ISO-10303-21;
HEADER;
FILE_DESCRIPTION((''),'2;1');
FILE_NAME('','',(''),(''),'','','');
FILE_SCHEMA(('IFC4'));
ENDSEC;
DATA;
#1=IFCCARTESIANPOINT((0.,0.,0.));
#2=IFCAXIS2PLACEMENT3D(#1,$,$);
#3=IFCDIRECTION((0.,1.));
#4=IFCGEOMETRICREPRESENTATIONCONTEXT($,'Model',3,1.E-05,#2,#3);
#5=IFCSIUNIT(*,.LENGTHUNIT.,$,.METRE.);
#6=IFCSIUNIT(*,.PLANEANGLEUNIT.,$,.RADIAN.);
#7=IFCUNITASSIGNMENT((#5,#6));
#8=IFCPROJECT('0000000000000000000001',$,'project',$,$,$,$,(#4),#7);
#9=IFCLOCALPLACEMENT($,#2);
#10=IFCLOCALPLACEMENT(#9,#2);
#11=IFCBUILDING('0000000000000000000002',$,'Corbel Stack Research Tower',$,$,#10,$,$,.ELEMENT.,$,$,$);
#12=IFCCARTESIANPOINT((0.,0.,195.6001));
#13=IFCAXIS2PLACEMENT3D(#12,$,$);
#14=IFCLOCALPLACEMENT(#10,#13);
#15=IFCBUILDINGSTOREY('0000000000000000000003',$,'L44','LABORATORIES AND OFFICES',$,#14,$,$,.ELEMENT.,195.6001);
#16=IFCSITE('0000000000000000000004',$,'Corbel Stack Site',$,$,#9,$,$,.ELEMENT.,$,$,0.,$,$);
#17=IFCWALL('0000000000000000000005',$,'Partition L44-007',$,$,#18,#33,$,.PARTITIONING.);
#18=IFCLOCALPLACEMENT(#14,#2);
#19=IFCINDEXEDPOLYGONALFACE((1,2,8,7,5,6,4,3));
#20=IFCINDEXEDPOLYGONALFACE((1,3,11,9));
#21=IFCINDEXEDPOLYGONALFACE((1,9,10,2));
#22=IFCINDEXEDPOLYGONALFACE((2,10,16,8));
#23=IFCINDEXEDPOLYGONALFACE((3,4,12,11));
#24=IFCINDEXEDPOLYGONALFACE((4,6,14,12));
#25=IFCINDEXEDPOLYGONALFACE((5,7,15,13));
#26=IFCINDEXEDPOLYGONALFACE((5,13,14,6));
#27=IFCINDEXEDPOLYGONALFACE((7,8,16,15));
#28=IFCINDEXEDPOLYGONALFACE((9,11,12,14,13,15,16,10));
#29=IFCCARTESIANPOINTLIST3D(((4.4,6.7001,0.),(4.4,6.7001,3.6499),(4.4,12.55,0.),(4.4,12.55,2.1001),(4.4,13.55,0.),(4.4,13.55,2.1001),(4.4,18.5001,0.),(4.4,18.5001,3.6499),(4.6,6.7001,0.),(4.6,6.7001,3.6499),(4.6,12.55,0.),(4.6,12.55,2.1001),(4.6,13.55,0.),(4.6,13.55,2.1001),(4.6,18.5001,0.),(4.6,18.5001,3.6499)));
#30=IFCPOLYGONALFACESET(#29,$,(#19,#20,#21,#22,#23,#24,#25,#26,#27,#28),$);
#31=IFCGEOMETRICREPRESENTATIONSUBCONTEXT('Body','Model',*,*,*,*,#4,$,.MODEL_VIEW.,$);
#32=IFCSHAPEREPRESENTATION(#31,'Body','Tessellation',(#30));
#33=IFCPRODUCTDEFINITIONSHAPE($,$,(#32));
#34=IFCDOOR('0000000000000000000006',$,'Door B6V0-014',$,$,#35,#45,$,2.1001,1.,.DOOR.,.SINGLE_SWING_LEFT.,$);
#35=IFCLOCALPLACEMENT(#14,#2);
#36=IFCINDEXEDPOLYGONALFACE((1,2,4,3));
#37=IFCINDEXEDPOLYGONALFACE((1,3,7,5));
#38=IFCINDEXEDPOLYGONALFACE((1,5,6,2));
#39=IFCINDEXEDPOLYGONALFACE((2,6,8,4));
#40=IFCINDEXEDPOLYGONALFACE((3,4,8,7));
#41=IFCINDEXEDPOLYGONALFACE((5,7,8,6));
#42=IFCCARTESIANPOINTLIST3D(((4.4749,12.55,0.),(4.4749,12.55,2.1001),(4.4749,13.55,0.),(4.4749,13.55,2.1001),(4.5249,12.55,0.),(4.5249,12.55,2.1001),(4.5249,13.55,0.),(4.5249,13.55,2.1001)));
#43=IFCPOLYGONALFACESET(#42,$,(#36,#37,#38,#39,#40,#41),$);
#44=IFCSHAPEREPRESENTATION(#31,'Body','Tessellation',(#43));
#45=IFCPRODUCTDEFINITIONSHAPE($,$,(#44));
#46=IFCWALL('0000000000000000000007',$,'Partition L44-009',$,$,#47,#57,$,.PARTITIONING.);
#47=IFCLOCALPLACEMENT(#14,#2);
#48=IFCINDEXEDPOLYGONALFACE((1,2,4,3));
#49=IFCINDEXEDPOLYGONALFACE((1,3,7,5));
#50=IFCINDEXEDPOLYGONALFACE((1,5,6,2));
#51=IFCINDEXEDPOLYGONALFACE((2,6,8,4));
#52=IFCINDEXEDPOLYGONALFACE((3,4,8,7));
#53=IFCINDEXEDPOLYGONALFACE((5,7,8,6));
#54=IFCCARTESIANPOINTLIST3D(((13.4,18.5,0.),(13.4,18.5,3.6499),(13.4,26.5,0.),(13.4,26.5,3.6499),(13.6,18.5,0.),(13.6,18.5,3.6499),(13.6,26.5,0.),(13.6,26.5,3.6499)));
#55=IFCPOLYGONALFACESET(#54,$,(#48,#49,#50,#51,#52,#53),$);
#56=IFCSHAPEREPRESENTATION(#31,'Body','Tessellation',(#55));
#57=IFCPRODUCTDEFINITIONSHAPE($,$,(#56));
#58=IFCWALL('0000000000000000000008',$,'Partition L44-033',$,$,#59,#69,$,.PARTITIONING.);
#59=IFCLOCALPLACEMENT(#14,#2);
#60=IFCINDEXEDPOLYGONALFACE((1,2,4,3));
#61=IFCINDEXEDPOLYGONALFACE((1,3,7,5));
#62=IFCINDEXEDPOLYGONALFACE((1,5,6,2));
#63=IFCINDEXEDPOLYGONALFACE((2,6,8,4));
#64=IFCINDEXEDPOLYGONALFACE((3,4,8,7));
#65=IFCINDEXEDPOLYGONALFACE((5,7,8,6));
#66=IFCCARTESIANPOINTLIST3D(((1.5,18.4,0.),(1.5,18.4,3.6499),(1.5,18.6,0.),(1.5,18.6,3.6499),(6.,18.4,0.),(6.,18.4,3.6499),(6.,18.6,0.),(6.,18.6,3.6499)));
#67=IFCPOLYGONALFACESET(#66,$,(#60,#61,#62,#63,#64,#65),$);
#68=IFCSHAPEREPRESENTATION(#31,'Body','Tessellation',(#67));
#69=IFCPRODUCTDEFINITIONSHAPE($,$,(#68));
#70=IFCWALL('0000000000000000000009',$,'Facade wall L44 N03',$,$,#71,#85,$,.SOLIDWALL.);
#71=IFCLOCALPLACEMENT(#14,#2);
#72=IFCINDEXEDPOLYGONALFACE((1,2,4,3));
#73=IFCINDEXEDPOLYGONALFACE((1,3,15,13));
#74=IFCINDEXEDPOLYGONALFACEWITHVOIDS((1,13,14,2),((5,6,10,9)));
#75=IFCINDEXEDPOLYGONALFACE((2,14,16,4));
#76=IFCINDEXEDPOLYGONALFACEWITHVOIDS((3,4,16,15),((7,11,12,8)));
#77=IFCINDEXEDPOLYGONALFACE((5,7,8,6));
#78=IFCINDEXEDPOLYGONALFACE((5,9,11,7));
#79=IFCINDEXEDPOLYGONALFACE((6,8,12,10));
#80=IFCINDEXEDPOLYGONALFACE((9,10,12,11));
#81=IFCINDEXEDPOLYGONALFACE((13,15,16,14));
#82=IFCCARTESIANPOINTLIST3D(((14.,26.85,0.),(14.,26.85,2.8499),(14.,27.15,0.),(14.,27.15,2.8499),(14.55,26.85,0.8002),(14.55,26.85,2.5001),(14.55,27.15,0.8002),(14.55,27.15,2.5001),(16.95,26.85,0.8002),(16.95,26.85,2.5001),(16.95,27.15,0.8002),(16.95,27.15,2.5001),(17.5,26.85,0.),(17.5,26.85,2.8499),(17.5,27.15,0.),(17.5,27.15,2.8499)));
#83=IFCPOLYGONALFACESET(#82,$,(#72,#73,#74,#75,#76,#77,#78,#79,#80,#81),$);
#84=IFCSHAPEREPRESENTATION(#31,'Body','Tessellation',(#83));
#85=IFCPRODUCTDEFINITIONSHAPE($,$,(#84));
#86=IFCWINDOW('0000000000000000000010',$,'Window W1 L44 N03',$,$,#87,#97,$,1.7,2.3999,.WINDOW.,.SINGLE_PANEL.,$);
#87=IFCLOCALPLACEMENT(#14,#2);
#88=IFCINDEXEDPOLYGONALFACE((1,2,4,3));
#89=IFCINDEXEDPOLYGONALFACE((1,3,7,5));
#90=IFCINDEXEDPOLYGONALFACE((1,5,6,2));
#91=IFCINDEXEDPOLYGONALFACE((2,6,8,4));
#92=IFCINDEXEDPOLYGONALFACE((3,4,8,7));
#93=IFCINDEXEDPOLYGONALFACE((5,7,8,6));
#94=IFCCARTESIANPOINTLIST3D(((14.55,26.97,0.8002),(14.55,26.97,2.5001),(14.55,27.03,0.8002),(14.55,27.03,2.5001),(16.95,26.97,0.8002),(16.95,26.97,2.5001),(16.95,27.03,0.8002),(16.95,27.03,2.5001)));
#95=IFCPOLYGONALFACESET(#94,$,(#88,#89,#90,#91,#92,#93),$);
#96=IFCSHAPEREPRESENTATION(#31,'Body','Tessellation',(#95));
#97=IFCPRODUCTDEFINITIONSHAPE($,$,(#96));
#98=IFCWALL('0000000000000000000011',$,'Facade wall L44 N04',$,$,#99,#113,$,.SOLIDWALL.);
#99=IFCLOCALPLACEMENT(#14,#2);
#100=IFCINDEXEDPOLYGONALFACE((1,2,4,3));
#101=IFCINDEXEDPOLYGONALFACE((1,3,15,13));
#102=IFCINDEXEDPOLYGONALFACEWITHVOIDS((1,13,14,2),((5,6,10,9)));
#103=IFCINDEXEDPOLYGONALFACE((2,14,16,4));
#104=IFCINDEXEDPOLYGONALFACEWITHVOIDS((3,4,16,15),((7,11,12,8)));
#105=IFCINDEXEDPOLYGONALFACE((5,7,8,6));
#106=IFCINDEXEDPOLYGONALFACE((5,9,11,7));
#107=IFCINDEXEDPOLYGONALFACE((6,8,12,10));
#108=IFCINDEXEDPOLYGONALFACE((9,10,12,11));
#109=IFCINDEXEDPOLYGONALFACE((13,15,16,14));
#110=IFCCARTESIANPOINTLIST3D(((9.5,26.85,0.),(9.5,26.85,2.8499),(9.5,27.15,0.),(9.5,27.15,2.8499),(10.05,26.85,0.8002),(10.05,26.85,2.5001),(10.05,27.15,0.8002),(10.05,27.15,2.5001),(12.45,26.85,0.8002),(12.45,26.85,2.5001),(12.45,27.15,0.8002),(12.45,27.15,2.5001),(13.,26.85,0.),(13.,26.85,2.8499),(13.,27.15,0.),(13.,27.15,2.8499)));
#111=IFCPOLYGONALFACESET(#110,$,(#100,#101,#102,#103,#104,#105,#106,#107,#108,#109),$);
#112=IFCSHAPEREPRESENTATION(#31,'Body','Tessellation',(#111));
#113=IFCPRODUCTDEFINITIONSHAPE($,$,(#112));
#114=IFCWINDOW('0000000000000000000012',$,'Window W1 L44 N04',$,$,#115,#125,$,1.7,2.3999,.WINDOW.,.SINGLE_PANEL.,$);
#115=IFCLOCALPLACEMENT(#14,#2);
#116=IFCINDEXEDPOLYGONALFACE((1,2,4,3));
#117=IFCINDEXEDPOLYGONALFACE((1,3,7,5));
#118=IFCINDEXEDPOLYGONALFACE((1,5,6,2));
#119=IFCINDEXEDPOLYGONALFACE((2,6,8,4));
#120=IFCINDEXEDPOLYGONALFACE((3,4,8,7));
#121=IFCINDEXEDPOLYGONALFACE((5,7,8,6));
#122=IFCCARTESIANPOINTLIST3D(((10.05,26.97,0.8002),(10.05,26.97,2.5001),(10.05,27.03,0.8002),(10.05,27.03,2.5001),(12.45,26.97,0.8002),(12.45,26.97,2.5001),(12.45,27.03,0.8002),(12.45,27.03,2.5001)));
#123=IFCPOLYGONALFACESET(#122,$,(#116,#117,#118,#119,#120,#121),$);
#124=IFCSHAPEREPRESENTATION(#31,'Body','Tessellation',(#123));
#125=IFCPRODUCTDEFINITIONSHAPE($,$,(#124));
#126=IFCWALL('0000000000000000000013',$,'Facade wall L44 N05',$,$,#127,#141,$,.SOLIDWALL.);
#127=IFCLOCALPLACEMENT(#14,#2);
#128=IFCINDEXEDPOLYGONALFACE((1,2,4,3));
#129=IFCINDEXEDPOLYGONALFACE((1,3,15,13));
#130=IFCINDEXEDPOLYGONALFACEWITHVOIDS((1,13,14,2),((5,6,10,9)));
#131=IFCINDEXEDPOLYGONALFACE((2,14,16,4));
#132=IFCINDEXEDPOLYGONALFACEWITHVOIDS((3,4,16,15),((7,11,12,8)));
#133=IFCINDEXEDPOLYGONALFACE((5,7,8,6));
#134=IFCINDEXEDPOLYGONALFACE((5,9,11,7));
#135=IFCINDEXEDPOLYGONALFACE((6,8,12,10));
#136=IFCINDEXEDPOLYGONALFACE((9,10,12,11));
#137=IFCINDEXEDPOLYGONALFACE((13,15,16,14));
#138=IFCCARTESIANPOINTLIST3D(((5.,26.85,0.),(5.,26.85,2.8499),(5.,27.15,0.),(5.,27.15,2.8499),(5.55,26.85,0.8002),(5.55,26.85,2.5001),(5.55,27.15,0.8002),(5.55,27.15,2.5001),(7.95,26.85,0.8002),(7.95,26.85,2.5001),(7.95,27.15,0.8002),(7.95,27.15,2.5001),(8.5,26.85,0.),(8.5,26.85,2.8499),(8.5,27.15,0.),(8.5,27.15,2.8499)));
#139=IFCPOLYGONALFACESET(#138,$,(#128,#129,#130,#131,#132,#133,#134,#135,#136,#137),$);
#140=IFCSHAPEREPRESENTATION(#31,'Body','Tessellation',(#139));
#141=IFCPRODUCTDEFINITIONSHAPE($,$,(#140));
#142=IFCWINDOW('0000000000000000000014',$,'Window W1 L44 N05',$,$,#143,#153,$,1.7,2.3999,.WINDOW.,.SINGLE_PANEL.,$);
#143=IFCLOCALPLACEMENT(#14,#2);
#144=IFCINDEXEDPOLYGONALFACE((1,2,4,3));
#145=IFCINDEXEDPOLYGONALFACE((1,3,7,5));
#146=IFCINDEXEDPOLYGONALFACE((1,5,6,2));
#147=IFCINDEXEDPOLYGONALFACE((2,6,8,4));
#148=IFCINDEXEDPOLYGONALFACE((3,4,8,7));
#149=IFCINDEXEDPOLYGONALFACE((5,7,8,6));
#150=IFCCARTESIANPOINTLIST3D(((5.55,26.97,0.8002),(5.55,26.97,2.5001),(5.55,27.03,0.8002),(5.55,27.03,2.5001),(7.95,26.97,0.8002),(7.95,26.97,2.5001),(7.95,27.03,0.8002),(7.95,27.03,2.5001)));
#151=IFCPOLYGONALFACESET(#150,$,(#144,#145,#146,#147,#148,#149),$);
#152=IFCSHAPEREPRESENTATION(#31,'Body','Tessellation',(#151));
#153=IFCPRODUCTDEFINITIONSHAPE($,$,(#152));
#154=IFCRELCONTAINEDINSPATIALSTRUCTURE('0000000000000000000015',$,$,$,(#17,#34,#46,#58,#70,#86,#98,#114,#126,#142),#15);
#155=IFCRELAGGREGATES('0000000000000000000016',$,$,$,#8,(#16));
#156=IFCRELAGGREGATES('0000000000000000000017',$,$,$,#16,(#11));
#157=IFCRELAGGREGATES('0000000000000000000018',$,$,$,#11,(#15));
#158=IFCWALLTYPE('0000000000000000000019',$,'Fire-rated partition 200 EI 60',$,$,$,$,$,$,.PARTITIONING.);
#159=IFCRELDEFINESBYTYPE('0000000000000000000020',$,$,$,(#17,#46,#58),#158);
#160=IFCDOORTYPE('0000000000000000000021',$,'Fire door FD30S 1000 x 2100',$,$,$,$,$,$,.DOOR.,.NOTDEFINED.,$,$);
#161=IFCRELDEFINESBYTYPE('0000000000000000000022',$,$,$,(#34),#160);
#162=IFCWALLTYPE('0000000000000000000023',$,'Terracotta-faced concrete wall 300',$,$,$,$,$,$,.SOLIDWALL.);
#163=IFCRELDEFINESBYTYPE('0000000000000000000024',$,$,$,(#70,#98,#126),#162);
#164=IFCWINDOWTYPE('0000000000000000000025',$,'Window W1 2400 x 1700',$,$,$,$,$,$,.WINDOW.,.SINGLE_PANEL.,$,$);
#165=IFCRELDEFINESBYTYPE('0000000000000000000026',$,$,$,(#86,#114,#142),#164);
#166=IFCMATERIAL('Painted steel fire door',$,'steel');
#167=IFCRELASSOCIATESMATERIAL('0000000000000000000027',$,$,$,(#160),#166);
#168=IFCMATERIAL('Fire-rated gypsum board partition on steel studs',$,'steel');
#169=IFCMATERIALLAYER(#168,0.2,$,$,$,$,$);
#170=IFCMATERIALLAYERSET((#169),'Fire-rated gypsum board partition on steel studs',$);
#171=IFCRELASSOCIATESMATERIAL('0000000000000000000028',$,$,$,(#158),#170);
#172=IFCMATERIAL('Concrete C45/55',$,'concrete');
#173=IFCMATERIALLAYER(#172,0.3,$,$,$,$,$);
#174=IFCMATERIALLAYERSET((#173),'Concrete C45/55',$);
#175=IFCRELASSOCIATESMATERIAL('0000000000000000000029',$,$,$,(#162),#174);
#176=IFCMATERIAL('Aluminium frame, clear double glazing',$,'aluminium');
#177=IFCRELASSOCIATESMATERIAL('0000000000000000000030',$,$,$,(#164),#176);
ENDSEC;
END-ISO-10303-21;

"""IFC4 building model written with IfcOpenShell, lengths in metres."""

from ifc_helpers import new_model, si_unit, direction, frame, frame_2d, origin, place, context, subcontext, project, spatial, rectangle, extrude, material, layer, layer_set, type_object, element, fill, save


model = new_model("IFC4")

# Units and contexts
model_context = context("Model", 3, precision=1e-05, world=origin(), true_north=direction((0.0, 1.0)))
body_context = subcontext(model_context, "Body", "Model", "MODEL_VIEW")
ifc_project = project(units=[si_unit("LENGTHUNIT", "METRE"), si_unit("PLANEANGLEUNIT", "RADIAN")], contexts=[model_context])

# Site, building, storey
site_placement = place(None, origin())
site = spatial("IfcSite", under=ifc_project, at=site_placement, Name="Corbel Stack Site", CompositionType="ELEMENT", RefElevation=0.0)
building_placement = place(site_placement, origin())
building = spatial("IfcBuilding", under=site, at=building_placement, Name="Corbel Stack Research Tower", CompositionType="ELEMENT")
storey_placement = place(building_placement, frame((0.0, 0.0, 195.6001)))
storey = spatial("IfcBuildingStorey", under=building, at=storey_placement, Name="L44", Description="LABORATORIES AND OFFICES", CompositionType="ELEMENT", Elevation=195.6001)

# Wall, opening, door
ifc_material_1 = material(Name="Painted steel fire door", Category="steel")
door_type = type_object("IfcDoorType", Name="Fire door FD30S 1000 x 2100", OperationType="NOTDEFINED", PredefinedType="DOOR", material=ifc_material_1)
ifc_material_2 = material(Name="Fire-rated gypsum board partition on steel studs", Category="steel")
ifc_layer_1 = layer(ifc_material_2, 0.2)
ifc_layer_set_1 = layer_set([ifc_layer_1], Name="Fire-rated gypsum board partition on steel studs")
wall_type_1 = type_object("IfcWallType", Name="Fire-rated partition 200 EI 60", PredefinedType="PARTITIONING", material=ifc_layer_set_1)
wall_1_placement = place(storey_placement, frame((4.5, 18.5, 0.0), z_axis=(0.0, 0.0, 1.0), x_axis=(0.0, -1.0, 0.0)))
wall_1 = element("IfcWall", 1, at=wall_1_placement, inside=storey, type_object=wall_type_1, Name="Partition L44-007", PredefinedType="PARTITIONING", context=body_context, shape_type="SweptSolid", body=[
    extrude(rectangle(XDim=11.8, YDim=0.2, at=frame_2d((5.8999, 0.0))), origin(), (0.0, 0.0, 1.0), 3.6499),
])
opening_1_placement = place(wall_1_placement, frame((4.95, 0.0, 0.0)))
opening_1 = element("IfcOpeningElement", 2, at=opening_1_placement, cuts=wall_1, PredefinedType="OPENING", context=body_context, shape_type="SweptSolid", body=[
    extrude(rectangle(XDim=1.0, YDim=2.1001, at=frame_2d((0.5, 1.05))), frame((0.0, 0.1099, 0.0), z_axis=(0.0, -1.0, 0.0), x_axis=(1.0, 0.0, 0.0)), (0.0, 0.0, 1.0), 0.22),
])
door_1_placement = place(opening_1_placement, origin())
door_1 = element("IfcDoor", 3, at=door_1_placement, inside=storey, type_object=door_type, Name="Door B6V0-014", OperationType="SINGLE_SWING_LEFT", OverallHeight=2.1001, OverallWidth=1.0, PredefinedType="DOOR", context=body_context, shape_type="SweptSolid", body=[
    extrude(rectangle(XDim=1.0, YDim=2.1001, at=frame_2d((0.5, 1.05))), frame((0.0, 0.0249, 0.0), z_axis=(0.0, -1.0, 0.0), x_axis=(1.0, 0.0, 0.0)), (0.0, 0.0, 1.0), 0.05),
])
fill(opening_1, door_1)

# Walls
wall_2_placement = place(storey_placement, frame((13.5, 18.5, 0.0), z_axis=(0.0, 0.0, 1.0), x_axis=(0.0, 1.0, 0.0)))
element("IfcWall", 4, at=wall_2_placement, inside=storey, type_object=wall_type_1, Name="Partition L44-009", PredefinedType="PARTITIONING", context=body_context, shape_type="SweptSolid", body=[
    extrude(rectangle(XDim=8.0, YDim=0.2, at=frame_2d((4.0, 0.0))), origin(), (0.0, 0.0, 1.0), 3.6499),
])
wall_3_placement = place(storey_placement, frame((1.5, 18.5, 0.0), z_axis=(0.0, 0.0, 1.0), x_axis=(1.0, 0.0, 0.0)))
element("IfcWall", 5, at=wall_3_placement, inside=storey, type_object=wall_type_1, Name="Partition L44-033", PredefinedType="PARTITIONING", context=body_context, shape_type="SweptSolid", body=[
    extrude(rectangle(XDim=4.5, YDim=0.2, at=frame_2d((2.25, 0.0))), origin(), (0.0, 0.0, 1.0), 3.6499),
])

# Walls, openings, windows
ifc_material_3 = material(Name="Concrete C45/55", Category="concrete")
ifc_layer_2 = layer(ifc_material_3, 0.3)
ifc_layer_set_2 = layer_set([ifc_layer_2], Name="Concrete C45/55")
wall_type_2 = type_object("IfcWallType", Name="Terracotta-faced concrete wall 300", PredefinedType="SOLIDWALL", material=ifc_layer_set_2)
wall_4_placement = place(storey_placement, frame((14.0, 27.0, 0.0), z_axis=(0.0, 0.0, 1.0), x_axis=(1.0, 0.0, 0.0)))
wall_4 = element("IfcWall", 6, at=wall_4_placement, inside=storey, type_object=wall_type_2, Name="Facade wall L44 N03", PredefinedType="SOLIDWALL", context=body_context, shape_type="SweptSolid", body=[
    extrude(rectangle(XDim=3.5, YDim=0.3, at=frame_2d((1.75, 0.0))), origin(), (0.0, 0.0, 1.0), 2.8499),
])
opening_2_placement = place(wall_4_placement, frame((0.55, 0.0, 0.8)))
opening_2 = element("IfcOpeningElement", 7, at=opening_2_placement, cuts=wall_4, PredefinedType="OPENING", context=body_context, shape_type="SweptSolid", body=[
    extrude(rectangle(XDim=2.3999, YDim=1.7, at=frame_2d((1.2, 0.8501))), frame((0.0, 0.1599, 0.0), z_axis=(0.0, -1.0, 0.0), x_axis=(1.0, 0.0, 0.0)), (0.0, 0.0, 1.0), 0.3201),
])
ifc_material_4 = material(Name="Aluminium frame, clear double glazing", Category="aluminium")
window_type = type_object("IfcWindowType", Name="Window W1 2400 x 1700", PartitioningType="SINGLE_PANEL", PredefinedType="WINDOW", material=ifc_material_4)
window_1_placement = place(opening_2_placement, origin())
window_1 = element("IfcWindow", 8, at=window_1_placement, inside=storey, type_object=window_type, Name="Window W1 L44 N03", OverallHeight=1.7, OverallWidth=2.3999, PartitioningType="SINGLE_PANEL", PredefinedType="WINDOW", context=body_context, shape_type="SweptSolid", body=[
    extrude(rectangle(XDim=2.3999, YDim=1.7, at=frame_2d((1.2, 0.8501))), frame((0.0, 0.03, 0.0), z_axis=(0.0, -1.0, 0.0), x_axis=(1.0, 0.0, 0.0)), (0.0, 0.0, 1.0), 0.0601),
])
fill(opening_2, window_1)
wall_5_placement = place(storey_placement, frame((9.5, 27.0, 0.0), z_axis=(0.0, 0.0, 1.0), x_axis=(1.0, 0.0, 0.0)))
wall_5 = element("IfcWall", 9, at=wall_5_placement, inside=storey, type_object=wall_type_2, Name="Facade wall L44 N04", PredefinedType="SOLIDWALL", context=body_context, shape_type="SweptSolid", body=[
    extrude(rectangle(XDim=3.5, YDim=0.3, at=frame_2d((1.75, 0.0))), origin(), (0.0, 0.0, 1.0), 2.8499),
])
opening_3_placement = place(wall_5_placement, frame((0.55, 0.0, 0.8)))
opening_3 = element("IfcOpeningElement", 10, at=opening_3_placement, cuts=wall_5, PredefinedType="OPENING", context=body_context, shape_type="SweptSolid", body=[
    extrude(rectangle(XDim=2.3999, YDim=1.7, at=frame_2d((1.2, 0.8501))), frame((0.0, 0.1599, 0.0), z_axis=(0.0, -1.0, 0.0), x_axis=(1.0, 0.0, 0.0)), (0.0, 0.0, 1.0), 0.3201),
])
window_2_placement = place(opening_3_placement, origin())
window_2 = element("IfcWindow", 11, at=window_2_placement, inside=storey, type_object=window_type, Name="Window W1 L44 N04", OverallHeight=1.7, OverallWidth=2.3999, PartitioningType="SINGLE_PANEL", PredefinedType="WINDOW", context=body_context, shape_type="SweptSolid", body=[
    extrude(rectangle(XDim=2.3999, YDim=1.7, at=frame_2d((1.2, 0.8501))), frame((0.0, 0.03, 0.0), z_axis=(0.0, -1.0, 0.0), x_axis=(1.0, 0.0, 0.0)), (0.0, 0.0, 1.0), 0.0601),
])
fill(opening_3, window_2)
wall_6_placement = place(storey_placement, frame((5.0, 27.0, 0.0), z_axis=(0.0, 0.0, 1.0), x_axis=(1.0, 0.0, 0.0)))
wall_6 = element("IfcWall", 12, at=wall_6_placement, inside=storey, type_object=wall_type_2, Name="Facade wall L44 N05", PredefinedType="SOLIDWALL", context=body_context, shape_type="SweptSolid", body=[
    extrude(rectangle(XDim=3.5, YDim=0.3, at=frame_2d((1.75, 0.0))), origin(), (0.0, 0.0, 1.0), 2.8499),
])
opening_4_placement = place(wall_6_placement, frame((0.55, 0.0, 0.8)))
opening_4 = element("IfcOpeningElement", 13, at=opening_4_placement, cuts=wall_6, PredefinedType="OPENING", context=body_context, shape_type="SweptSolid", body=[
    extrude(rectangle(XDim=2.3999, YDim=1.7, at=frame_2d((1.2, 0.8501))), frame((0.0, 0.1599, 0.0), z_axis=(0.0, -1.0, 0.0), x_axis=(1.0, 0.0, 0.0)), (0.0, 0.0, 1.0), 0.3201),
])
window_3_placement = place(opening_4_placement, origin())
window_3 = element("IfcWindow", 14, at=window_3_placement, inside=storey, type_object=window_type, Name="Window W1 L44 N05", OverallHeight=1.7, OverallWidth=2.3999, PartitioningType="SINGLE_PANEL", PredefinedType="WINDOW", context=body_context, shape_type="SweptSolid", body=[
    extrude(rectangle(XDim=2.3999, YDim=1.7, at=frame_2d((1.2, 0.8501))), frame((0.0, 0.03, 0.0), z_axis=(0.0, -1.0, 0.0), x_axis=(1.0, 0.0, 0.0)), (0.0, 0.0, 1.0), 0.0601),
])
fill(opening_4, window_3)

save(model, "model.ifc")
